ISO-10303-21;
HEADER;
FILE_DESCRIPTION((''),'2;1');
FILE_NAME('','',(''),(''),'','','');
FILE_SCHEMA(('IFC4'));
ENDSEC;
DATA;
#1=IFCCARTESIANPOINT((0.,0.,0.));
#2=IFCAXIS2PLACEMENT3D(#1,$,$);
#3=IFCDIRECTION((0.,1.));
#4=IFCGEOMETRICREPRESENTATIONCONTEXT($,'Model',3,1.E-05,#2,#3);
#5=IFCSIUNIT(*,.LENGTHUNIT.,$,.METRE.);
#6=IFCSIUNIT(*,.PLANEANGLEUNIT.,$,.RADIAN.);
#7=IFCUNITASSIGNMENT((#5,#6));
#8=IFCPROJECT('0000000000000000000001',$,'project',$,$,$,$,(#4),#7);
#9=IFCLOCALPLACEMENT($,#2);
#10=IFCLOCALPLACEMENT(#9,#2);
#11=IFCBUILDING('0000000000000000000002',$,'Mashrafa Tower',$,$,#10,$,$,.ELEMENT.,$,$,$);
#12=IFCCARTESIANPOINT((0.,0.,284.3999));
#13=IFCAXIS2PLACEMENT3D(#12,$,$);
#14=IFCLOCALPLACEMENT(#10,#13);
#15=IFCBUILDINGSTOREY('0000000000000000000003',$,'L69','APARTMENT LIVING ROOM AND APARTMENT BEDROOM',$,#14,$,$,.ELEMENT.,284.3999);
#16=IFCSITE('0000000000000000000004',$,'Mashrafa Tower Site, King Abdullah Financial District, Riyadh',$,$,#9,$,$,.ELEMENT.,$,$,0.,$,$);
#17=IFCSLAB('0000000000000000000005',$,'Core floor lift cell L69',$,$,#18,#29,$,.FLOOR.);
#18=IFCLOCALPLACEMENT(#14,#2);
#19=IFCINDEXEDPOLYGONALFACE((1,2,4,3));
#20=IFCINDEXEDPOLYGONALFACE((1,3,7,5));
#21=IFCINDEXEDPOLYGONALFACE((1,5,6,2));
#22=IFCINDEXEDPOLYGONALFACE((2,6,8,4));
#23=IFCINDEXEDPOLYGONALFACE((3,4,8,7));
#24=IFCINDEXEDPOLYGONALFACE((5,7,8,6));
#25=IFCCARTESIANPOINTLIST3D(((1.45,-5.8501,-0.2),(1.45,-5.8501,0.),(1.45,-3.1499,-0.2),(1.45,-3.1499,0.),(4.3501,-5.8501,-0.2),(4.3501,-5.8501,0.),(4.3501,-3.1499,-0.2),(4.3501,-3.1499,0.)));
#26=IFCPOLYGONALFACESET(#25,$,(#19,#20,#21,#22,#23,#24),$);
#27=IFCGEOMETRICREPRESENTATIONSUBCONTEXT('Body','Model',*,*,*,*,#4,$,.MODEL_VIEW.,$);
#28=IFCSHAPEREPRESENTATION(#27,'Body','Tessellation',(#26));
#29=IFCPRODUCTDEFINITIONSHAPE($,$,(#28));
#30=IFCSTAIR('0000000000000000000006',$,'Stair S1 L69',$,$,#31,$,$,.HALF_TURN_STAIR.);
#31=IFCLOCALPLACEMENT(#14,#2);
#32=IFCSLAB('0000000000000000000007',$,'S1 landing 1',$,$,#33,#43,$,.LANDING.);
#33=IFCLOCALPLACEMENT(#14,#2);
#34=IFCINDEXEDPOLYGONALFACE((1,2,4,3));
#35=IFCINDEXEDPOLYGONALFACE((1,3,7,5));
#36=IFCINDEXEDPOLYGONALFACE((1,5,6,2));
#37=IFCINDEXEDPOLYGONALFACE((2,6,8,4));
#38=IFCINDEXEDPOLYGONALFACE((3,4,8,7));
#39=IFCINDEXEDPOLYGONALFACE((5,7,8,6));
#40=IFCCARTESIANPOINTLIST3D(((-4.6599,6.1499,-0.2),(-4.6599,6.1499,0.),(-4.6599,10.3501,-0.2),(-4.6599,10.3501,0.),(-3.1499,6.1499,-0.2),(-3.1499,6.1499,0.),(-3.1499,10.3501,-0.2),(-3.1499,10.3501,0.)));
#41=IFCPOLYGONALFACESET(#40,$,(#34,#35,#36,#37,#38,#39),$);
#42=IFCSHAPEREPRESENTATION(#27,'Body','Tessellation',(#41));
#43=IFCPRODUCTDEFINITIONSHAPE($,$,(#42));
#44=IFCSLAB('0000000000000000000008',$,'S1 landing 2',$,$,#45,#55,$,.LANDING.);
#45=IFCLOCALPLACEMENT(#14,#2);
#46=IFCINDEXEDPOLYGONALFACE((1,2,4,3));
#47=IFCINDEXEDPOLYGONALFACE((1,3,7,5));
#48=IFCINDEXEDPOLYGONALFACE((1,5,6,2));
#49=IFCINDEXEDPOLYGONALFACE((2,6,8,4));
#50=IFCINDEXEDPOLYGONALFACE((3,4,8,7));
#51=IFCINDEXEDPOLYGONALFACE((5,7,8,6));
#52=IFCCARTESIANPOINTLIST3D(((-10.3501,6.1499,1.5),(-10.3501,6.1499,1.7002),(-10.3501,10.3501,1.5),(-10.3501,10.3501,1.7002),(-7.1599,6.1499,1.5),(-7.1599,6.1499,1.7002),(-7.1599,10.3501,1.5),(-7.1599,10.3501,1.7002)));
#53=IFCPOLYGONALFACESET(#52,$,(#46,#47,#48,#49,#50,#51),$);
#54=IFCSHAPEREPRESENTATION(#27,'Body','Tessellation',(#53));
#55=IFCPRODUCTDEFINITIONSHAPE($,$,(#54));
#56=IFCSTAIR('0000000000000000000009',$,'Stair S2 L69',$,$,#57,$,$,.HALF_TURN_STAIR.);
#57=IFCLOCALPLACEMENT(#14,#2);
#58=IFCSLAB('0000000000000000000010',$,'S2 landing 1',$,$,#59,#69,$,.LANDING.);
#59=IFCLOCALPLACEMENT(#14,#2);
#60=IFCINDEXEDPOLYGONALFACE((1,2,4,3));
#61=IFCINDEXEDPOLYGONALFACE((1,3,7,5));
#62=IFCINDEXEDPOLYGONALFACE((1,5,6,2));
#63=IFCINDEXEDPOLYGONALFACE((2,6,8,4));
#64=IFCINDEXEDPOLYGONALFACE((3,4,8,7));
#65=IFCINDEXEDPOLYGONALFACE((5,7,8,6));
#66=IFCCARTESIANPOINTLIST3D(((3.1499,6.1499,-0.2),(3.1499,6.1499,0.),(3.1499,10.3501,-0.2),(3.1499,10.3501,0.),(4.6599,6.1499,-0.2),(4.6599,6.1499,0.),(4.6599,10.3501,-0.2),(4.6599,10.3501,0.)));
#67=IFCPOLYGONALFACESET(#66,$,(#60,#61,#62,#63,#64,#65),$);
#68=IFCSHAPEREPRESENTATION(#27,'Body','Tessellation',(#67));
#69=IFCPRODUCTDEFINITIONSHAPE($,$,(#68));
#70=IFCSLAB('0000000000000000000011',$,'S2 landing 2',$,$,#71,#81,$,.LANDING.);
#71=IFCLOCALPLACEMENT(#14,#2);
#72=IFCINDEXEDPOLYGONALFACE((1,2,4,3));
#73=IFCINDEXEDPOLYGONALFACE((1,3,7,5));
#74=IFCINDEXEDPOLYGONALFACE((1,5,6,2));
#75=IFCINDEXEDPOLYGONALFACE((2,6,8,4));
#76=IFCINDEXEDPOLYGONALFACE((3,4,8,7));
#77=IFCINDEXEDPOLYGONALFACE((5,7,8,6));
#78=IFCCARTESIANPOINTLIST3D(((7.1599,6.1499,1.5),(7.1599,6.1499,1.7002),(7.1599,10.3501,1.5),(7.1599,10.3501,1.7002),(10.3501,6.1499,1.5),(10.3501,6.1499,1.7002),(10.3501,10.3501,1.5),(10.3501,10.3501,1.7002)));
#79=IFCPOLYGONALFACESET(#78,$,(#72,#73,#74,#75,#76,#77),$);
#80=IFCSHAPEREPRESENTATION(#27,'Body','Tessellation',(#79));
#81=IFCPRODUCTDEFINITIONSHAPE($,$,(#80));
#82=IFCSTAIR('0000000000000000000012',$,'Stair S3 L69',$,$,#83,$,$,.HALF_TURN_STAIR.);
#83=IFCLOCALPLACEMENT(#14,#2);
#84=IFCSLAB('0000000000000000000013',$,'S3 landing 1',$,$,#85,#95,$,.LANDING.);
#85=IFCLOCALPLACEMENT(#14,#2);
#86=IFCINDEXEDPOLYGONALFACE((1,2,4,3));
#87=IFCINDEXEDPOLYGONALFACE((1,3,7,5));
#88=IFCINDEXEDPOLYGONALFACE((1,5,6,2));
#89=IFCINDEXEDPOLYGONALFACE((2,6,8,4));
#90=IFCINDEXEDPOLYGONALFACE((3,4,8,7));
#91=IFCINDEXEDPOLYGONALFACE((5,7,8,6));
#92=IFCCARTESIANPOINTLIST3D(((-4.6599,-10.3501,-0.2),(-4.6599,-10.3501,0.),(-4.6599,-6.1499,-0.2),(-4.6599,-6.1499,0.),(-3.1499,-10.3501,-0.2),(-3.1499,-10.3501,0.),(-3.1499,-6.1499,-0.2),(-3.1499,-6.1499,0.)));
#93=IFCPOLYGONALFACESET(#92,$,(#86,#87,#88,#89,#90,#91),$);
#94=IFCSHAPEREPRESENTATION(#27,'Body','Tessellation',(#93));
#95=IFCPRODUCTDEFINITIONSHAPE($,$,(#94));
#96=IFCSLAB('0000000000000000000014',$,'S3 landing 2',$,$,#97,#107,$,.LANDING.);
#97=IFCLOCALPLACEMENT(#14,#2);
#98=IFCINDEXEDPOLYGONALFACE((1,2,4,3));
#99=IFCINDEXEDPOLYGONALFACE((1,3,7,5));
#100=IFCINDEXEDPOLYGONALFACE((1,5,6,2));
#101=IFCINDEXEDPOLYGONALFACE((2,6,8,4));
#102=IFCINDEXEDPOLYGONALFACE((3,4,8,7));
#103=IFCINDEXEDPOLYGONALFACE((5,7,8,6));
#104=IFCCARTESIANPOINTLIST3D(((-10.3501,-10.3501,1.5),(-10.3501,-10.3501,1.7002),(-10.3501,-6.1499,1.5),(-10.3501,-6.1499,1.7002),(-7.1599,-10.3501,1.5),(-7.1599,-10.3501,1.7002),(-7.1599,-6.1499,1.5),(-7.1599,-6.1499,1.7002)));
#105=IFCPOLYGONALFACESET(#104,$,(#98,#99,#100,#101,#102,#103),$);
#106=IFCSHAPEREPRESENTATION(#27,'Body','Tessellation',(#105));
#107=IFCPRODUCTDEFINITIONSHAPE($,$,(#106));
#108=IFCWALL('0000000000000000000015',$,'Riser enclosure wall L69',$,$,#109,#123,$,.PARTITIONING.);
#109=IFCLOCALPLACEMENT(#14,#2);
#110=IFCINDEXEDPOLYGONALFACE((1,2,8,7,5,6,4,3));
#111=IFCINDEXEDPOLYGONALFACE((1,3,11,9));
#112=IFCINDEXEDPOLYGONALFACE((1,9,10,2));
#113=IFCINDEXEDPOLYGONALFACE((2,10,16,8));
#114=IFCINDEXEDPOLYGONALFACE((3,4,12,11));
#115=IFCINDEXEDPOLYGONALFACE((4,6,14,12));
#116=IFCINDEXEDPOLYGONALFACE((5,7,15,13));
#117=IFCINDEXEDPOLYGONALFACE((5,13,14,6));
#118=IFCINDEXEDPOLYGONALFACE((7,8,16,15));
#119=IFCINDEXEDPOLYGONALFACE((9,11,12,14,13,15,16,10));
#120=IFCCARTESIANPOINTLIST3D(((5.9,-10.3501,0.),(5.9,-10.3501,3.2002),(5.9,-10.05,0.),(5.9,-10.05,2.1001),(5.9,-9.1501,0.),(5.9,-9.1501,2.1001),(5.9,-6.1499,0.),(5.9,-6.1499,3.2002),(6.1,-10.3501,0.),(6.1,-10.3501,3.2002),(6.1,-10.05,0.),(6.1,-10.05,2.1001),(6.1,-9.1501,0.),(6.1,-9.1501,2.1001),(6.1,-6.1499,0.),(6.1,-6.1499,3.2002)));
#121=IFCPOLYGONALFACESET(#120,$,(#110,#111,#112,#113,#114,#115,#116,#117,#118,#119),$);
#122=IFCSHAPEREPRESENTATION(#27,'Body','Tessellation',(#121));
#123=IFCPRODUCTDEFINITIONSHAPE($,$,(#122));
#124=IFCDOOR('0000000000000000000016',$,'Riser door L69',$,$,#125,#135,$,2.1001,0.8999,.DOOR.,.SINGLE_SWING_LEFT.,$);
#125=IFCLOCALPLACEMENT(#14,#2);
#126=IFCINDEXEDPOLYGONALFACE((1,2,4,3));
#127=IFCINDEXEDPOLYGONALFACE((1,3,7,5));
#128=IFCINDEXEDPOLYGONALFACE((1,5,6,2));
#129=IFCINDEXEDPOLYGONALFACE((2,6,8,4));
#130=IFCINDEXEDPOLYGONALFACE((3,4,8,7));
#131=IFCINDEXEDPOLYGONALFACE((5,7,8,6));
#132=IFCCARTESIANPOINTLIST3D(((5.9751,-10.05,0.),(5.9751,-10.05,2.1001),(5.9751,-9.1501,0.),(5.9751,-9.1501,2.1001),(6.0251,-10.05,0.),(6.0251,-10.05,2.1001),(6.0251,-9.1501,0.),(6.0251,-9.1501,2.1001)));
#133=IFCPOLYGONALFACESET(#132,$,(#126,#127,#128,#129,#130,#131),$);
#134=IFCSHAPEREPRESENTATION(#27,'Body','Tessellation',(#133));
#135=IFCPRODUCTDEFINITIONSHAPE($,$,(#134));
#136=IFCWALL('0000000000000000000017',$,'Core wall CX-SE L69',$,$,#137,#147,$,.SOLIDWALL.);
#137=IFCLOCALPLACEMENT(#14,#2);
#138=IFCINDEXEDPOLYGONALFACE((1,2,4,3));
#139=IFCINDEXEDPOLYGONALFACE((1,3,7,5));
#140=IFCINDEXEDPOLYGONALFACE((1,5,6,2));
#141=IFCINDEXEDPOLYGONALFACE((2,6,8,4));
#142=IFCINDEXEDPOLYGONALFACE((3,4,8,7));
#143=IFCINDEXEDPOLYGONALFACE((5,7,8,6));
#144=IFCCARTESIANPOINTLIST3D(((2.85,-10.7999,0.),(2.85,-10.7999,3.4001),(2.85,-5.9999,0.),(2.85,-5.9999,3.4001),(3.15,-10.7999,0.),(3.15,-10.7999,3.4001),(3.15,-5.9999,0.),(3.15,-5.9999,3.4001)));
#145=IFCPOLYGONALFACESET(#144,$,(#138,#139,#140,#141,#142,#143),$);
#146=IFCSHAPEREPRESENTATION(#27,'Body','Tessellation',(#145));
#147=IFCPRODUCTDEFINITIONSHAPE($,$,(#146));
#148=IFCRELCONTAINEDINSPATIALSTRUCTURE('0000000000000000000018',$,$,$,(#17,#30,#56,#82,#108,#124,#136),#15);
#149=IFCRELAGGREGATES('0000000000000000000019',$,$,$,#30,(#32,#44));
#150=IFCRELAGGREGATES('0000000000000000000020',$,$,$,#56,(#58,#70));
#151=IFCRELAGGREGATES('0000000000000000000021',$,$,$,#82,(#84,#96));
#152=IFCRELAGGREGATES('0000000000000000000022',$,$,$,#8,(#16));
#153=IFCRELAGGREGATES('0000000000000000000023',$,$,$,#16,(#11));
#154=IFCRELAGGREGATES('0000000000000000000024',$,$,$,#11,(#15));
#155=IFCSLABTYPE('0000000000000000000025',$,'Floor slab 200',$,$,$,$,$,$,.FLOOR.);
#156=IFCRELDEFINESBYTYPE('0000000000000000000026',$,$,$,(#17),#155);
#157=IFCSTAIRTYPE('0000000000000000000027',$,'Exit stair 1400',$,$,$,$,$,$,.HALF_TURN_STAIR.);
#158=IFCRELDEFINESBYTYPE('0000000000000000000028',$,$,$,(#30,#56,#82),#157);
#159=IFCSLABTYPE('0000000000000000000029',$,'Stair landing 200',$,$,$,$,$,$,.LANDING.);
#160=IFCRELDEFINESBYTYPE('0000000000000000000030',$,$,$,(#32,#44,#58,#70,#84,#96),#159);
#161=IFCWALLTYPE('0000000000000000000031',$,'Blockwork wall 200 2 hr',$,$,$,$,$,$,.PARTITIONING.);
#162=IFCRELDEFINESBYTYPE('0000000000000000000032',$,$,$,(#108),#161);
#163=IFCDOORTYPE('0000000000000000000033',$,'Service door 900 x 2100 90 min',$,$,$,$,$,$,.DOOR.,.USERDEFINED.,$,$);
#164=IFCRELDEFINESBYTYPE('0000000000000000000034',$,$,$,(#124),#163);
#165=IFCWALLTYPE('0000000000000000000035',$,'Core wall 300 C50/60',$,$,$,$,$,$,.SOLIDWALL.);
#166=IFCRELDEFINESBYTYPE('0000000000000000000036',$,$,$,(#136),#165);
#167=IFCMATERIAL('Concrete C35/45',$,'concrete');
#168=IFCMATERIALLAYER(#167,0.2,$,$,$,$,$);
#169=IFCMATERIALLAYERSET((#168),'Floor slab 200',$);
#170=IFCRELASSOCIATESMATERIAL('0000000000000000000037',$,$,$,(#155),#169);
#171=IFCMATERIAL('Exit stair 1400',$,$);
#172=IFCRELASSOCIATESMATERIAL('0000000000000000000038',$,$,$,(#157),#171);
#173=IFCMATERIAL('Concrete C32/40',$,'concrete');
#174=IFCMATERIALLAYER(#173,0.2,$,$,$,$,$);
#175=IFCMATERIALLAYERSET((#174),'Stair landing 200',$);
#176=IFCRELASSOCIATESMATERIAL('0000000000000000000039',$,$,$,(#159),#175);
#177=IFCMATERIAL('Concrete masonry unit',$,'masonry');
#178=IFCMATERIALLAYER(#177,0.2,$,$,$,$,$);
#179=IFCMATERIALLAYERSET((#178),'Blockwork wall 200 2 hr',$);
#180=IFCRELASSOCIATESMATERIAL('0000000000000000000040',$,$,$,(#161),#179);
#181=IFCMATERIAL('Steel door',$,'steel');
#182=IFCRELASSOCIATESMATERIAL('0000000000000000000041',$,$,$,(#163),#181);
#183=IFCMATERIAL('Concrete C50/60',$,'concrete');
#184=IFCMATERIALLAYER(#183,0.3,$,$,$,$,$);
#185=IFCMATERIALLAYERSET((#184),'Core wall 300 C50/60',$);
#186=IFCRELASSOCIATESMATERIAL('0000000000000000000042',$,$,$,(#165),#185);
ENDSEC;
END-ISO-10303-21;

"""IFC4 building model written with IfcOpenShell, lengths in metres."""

from ifc_helpers import new_model, si_unit, direction, frame, frame_2d, origin, place, context, subcontext, project, spatial, polyline, rectangle, outline, extrude, material, layer, layer_set, type_object, element, fill, aggregate, save


model = new_model("IFC4")

# Units and contexts
model_context = context("Model", 3, precision=1e-05, world=origin(), true_north=direction((0.0, 1.0)))
body_context = subcontext(model_context, "Body", "Model", "MODEL_VIEW")
ifc_project = project(units=[si_unit("LENGTHUNIT", "METRE"), si_unit("PLANEANGLEUNIT", "RADIAN")], contexts=[model_context])

# Site, building, storey
site_placement = place(None, origin())
site = spatial("IfcSite", under=ifc_project, at=site_placement, Name="Mashrafa Tower Site, King Abdullah Financial District, Riyadh", CompositionType="ELEMENT", RefElevation=0.0)
building_placement = place(site_placement, origin())
building = spatial("IfcBuilding", under=site, at=building_placement, Name="Mashrafa Tower", CompositionType="ELEMENT")
storey_placement = place(building_placement, frame((0.0, 0.0, 284.3999)))
storey = spatial("IfcBuildingStorey", under=building, at=storey_placement, Name="L69", Description="APARTMENT LIVING ROOM AND APARTMENT BEDROOM", CompositionType="ELEMENT", Elevation=284.3999)

# Slab
ifc_material_1 = material(Name="Concrete C35/45", Category="concrete")
ifc_layer_1 = layer(ifc_material_1, 0.2)
ifc_layer_set_1 = layer_set([ifc_layer_1], Name="Floor slab 200")
slab_type_1 = type_object("IfcSlabType", Name="Floor slab 200", PredefinedType="FLOOR", material=ifc_layer_set_1)
slab_1_placement = place(storey_placement, frame((0.0, 0.0, -0.2)))
element("IfcSlab", 1, at=slab_1_placement, inside=storey, type_object=slab_type_1, Name="Core floor lift cell L69", PredefinedType="FLOOR", context=body_context, shape_type="SweptSolid", body=[
    extrude(outline(polyline([(4.3501, -3.1499), (4.3501, -5.8501), (1.45, -5.8501), (1.45, -3.1499), (4.3501, -3.1499)])), origin(), (0.0, 0.0, 1.0), 0.2),
])

# Stairs, slabs
ifc_material_2 = material(Name="Exit stair 1400")
stair_type = type_object("IfcStairType", Name="Exit stair 1400", PredefinedType="HALF_TURN_STAIR", material=ifc_material_2)
stair_1_placement = place(storey_placement, origin())
stair_1 = element("IfcStair", 2, at=stair_1_placement, inside=storey, type_object=stair_type, Name="Stair S1 L69", PredefinedType="HALF_TURN_STAIR")
ifc_material_3 = material(Name="Concrete C32/40", Category="concrete")
ifc_layer_2 = layer(ifc_material_3, 0.2)
ifc_layer_set_2 = layer_set([ifc_layer_2], Name="Stair landing 200")
slab_type_2 = type_object("IfcSlabType", Name="Stair landing 200", PredefinedType="LANDING", material=ifc_layer_set_2)
slab_2_placement = place(storey_placement, frame((0.0, 0.0, -0.2)))
slab_2 = element("IfcSlab", 3, at=slab_2_placement, type_object=slab_type_2, Name="S1 landing 1", PredefinedType="LANDING", context=body_context, shape_type="SweptSolid", body=[
    extrude(outline(polyline([(-4.6599, 6.1499), (-3.1499, 6.1499), (-3.1499, 10.3501), (-4.6599, 10.3501), (-4.6599, 6.1499)])), origin(), (0.0, 0.0, 1.0), 0.2),
])
slab_3_placement = place(storey_placement, frame((0.0, 0.0, 1.5)))
slab_3 = element("IfcSlab", 4, at=slab_3_placement, type_object=slab_type_2, Name="S1 landing 2", PredefinedType="LANDING", context=body_context, shape_type="SweptSolid", body=[
    extrude(outline(polyline([(-10.3501, 6.1499), (-7.1599, 6.1499), (-7.1599, 10.3501), (-10.3501, 10.3501), (-10.3501, 6.1499)])), origin(), (0.0, 0.0, 1.0), 0.2002),
])
aggregate(stair_1, [slab_2, slab_3])
stair_2_placement = place(storey_placement, origin())
stair_2 = element("IfcStair", 5, at=stair_2_placement, inside=storey, type_object=stair_type, Name="Stair S2 L69", PredefinedType="HALF_TURN_STAIR")
slab_4_placement = place(storey_placement, frame((0.0, 0.0, -0.2)))
slab_4 = element("IfcSlab", 6, at=slab_4_placement, type_object=slab_type_2, Name="S2 landing 1", PredefinedType="LANDING", context=body_context, shape_type="SweptSolid", body=[
    extrude(outline(polyline([(3.1499, 6.1499), (4.6599, 6.1499), (4.6599, 10.3501), (3.1499, 10.3501), (3.1499, 6.1499)])), origin(), (0.0, 0.0, 1.0), 0.2),
])
slab_5_placement = place(storey_placement, frame((0.0, 0.0, 1.5)))
slab_5 = element("IfcSlab", 7, at=slab_5_placement, type_object=slab_type_2, Name="S2 landing 2", PredefinedType="LANDING", context=body_context, shape_type="SweptSolid", body=[
    extrude(outline(polyline([(7.1599, 6.1499), (10.3501, 6.1499), (10.3501, 10.3501), (7.1599, 10.3501), (7.1599, 6.1499)])), origin(), (0.0, 0.0, 1.0), 0.2002),
])
aggregate(stair_2, [slab_4, slab_5])
stair_3_placement = place(storey_placement, origin())
stair_3 = element("IfcStair", 8, at=stair_3_placement, inside=storey, type_object=stair_type, Name="Stair S3 L69", PredefinedType="HALF_TURN_STAIR")
slab_6_placement = place(storey_placement, frame((0.0, 0.0, -0.2)))
slab_6 = element("IfcSlab", 9, at=slab_6_placement, type_object=slab_type_2, Name="S3 landing 1", PredefinedType="LANDING", context=body_context, shape_type="SweptSolid", body=[
    extrude(outline(polyline([(-4.6599, -10.3501), (-3.1499, -10.3501), (-3.1499, -6.1499), (-4.6599, -6.1499), (-4.6599, -10.3501)])), origin(), (0.0, 0.0, 1.0), 0.2),
])
slab_7_placement = place(storey_placement, frame((0.0, 0.0, 1.5)))
slab_7 = element("IfcSlab", 10, at=slab_7_placement, type_object=slab_type_2, Name="S3 landing 2", PredefinedType="LANDING", context=body_context, shape_type="SweptSolid", body=[
    extrude(outline(polyline([(-10.3501, -10.3501), (-7.1599, -10.3501), (-7.1599, -6.1499), (-10.3501, -6.1499), (-10.3501, -10.3501)])), origin(), (0.0, 0.0, 1.0), 0.2002),
])
aggregate(stair_3, [slab_6, slab_7])

# Wall, opening, door
ifc_material_4 = material(Name="Concrete masonry unit", Category="masonry")
ifc_layer_3 = layer(ifc_material_4, 0.2)
ifc_layer_set_3 = layer_set([ifc_layer_3], Name="Blockwork wall 200 2 hr")
wall_type_1 = type_object("IfcWallType", Name="Blockwork wall 200 2 hr", PredefinedType="PARTITIONING", material=ifc_layer_set_3)
wall_1_placement = place(storey_placement, frame((6.0, -10.3501, 0.0), z_axis=(0.0, 0.0, 1.0), x_axis=(0.0, 1.0, 0.0)))
wall_1 = element("IfcWall", 11, at=wall_1_placement, inside=storey, type_object=wall_type_1, Name="Riser enclosure wall L69", PredefinedType="PARTITIONING", context=body_context, shape_type="SweptSolid", body=[
    extrude(rectangle(XDim=4.2002, YDim=0.2, at=frame_2d((2.1001, 0.0))), origin(), (0.0, 0.0, 1.0), 3.2002),
])
opening_1_placement = place(wall_1_placement, frame((0.3, 0.0, 0.0)))
opening_1 = element("IfcOpeningElement", 12, at=opening_1_placement, cuts=wall_1, PredefinedType="OPENING", context=body_context, shape_type="SweptSolid", body=[
    extrude(rectangle(XDim=0.8999, YDim=2.1001, at=frame_2d((0.45, 1.05))), frame((0.0, 0.1099, 0.0), z_axis=(0.0, -1.0, 0.0), x_axis=(1.0, 0.0, 0.0)), (0.0, 0.0, 1.0), 0.22),
])
ifc_material_5 = material(Name="Steel door", Category="steel")
door_type_1 = type_object("IfcDoorType", Name="Service door 900 x 2100 90 min", OperationType="USERDEFINED", PredefinedType="DOOR", material=ifc_material_5)
door_1_placement = place(opening_1_placement, origin())
door_1 = element("IfcDoor", 13, at=door_1_placement, inside=storey, type_object=door_type_1, Name="Riser door L69", OperationType="SINGLE_SWING_LEFT", OverallHeight=2.1001, OverallWidth=0.8999, PredefinedType="DOOR", context=body_context, shape_type="SweptSolid", body=[
    extrude(rectangle(XDim=0.8999, YDim=2.1001, at=frame_2d((0.45, 1.05))), frame((0.0, 0.0249, 0.0), z_axis=(0.0, -1.0, 0.0), x_axis=(1.0, 0.0, 0.0)), (0.0, 0.0, 1.0), 0.05),
])
fill(opening_1, door_1)

# Wall
ifc_material_6 = material(Name="Concrete C50/60", Category="concrete")
ifc_layer_4 = layer(ifc_material_6, 0.3)
ifc_layer_set_4 = layer_set([ifc_layer_4], Name="Core wall 300 C50/60")
wall_type_2 = type_object("IfcWallType", Name="Core wall 300 C50/60", PredefinedType="SOLIDWALL", material=ifc_layer_set_4)
wall_2_placement = place(storey_placement, frame((3.0, -6.0, 0.0), z_axis=(0.0, 0.0, 1.0), x_axis=(0.0, -1.0, 0.0)))
element("IfcWall", 14, at=wall_2_placement, inside=storey, type_object=wall_type_2, Name="Core wall CX-SE L69", PredefinedType="SOLIDWALL", context=body_context, shape_type="SweptSolid", body=[
    extrude(rectangle(XDim=4.8, YDim=0.3, at=frame_2d((2.3999, 0.0))), origin(), (0.0, 0.0, 1.0), 3.4001),
])

save(model, "model.ifc")
